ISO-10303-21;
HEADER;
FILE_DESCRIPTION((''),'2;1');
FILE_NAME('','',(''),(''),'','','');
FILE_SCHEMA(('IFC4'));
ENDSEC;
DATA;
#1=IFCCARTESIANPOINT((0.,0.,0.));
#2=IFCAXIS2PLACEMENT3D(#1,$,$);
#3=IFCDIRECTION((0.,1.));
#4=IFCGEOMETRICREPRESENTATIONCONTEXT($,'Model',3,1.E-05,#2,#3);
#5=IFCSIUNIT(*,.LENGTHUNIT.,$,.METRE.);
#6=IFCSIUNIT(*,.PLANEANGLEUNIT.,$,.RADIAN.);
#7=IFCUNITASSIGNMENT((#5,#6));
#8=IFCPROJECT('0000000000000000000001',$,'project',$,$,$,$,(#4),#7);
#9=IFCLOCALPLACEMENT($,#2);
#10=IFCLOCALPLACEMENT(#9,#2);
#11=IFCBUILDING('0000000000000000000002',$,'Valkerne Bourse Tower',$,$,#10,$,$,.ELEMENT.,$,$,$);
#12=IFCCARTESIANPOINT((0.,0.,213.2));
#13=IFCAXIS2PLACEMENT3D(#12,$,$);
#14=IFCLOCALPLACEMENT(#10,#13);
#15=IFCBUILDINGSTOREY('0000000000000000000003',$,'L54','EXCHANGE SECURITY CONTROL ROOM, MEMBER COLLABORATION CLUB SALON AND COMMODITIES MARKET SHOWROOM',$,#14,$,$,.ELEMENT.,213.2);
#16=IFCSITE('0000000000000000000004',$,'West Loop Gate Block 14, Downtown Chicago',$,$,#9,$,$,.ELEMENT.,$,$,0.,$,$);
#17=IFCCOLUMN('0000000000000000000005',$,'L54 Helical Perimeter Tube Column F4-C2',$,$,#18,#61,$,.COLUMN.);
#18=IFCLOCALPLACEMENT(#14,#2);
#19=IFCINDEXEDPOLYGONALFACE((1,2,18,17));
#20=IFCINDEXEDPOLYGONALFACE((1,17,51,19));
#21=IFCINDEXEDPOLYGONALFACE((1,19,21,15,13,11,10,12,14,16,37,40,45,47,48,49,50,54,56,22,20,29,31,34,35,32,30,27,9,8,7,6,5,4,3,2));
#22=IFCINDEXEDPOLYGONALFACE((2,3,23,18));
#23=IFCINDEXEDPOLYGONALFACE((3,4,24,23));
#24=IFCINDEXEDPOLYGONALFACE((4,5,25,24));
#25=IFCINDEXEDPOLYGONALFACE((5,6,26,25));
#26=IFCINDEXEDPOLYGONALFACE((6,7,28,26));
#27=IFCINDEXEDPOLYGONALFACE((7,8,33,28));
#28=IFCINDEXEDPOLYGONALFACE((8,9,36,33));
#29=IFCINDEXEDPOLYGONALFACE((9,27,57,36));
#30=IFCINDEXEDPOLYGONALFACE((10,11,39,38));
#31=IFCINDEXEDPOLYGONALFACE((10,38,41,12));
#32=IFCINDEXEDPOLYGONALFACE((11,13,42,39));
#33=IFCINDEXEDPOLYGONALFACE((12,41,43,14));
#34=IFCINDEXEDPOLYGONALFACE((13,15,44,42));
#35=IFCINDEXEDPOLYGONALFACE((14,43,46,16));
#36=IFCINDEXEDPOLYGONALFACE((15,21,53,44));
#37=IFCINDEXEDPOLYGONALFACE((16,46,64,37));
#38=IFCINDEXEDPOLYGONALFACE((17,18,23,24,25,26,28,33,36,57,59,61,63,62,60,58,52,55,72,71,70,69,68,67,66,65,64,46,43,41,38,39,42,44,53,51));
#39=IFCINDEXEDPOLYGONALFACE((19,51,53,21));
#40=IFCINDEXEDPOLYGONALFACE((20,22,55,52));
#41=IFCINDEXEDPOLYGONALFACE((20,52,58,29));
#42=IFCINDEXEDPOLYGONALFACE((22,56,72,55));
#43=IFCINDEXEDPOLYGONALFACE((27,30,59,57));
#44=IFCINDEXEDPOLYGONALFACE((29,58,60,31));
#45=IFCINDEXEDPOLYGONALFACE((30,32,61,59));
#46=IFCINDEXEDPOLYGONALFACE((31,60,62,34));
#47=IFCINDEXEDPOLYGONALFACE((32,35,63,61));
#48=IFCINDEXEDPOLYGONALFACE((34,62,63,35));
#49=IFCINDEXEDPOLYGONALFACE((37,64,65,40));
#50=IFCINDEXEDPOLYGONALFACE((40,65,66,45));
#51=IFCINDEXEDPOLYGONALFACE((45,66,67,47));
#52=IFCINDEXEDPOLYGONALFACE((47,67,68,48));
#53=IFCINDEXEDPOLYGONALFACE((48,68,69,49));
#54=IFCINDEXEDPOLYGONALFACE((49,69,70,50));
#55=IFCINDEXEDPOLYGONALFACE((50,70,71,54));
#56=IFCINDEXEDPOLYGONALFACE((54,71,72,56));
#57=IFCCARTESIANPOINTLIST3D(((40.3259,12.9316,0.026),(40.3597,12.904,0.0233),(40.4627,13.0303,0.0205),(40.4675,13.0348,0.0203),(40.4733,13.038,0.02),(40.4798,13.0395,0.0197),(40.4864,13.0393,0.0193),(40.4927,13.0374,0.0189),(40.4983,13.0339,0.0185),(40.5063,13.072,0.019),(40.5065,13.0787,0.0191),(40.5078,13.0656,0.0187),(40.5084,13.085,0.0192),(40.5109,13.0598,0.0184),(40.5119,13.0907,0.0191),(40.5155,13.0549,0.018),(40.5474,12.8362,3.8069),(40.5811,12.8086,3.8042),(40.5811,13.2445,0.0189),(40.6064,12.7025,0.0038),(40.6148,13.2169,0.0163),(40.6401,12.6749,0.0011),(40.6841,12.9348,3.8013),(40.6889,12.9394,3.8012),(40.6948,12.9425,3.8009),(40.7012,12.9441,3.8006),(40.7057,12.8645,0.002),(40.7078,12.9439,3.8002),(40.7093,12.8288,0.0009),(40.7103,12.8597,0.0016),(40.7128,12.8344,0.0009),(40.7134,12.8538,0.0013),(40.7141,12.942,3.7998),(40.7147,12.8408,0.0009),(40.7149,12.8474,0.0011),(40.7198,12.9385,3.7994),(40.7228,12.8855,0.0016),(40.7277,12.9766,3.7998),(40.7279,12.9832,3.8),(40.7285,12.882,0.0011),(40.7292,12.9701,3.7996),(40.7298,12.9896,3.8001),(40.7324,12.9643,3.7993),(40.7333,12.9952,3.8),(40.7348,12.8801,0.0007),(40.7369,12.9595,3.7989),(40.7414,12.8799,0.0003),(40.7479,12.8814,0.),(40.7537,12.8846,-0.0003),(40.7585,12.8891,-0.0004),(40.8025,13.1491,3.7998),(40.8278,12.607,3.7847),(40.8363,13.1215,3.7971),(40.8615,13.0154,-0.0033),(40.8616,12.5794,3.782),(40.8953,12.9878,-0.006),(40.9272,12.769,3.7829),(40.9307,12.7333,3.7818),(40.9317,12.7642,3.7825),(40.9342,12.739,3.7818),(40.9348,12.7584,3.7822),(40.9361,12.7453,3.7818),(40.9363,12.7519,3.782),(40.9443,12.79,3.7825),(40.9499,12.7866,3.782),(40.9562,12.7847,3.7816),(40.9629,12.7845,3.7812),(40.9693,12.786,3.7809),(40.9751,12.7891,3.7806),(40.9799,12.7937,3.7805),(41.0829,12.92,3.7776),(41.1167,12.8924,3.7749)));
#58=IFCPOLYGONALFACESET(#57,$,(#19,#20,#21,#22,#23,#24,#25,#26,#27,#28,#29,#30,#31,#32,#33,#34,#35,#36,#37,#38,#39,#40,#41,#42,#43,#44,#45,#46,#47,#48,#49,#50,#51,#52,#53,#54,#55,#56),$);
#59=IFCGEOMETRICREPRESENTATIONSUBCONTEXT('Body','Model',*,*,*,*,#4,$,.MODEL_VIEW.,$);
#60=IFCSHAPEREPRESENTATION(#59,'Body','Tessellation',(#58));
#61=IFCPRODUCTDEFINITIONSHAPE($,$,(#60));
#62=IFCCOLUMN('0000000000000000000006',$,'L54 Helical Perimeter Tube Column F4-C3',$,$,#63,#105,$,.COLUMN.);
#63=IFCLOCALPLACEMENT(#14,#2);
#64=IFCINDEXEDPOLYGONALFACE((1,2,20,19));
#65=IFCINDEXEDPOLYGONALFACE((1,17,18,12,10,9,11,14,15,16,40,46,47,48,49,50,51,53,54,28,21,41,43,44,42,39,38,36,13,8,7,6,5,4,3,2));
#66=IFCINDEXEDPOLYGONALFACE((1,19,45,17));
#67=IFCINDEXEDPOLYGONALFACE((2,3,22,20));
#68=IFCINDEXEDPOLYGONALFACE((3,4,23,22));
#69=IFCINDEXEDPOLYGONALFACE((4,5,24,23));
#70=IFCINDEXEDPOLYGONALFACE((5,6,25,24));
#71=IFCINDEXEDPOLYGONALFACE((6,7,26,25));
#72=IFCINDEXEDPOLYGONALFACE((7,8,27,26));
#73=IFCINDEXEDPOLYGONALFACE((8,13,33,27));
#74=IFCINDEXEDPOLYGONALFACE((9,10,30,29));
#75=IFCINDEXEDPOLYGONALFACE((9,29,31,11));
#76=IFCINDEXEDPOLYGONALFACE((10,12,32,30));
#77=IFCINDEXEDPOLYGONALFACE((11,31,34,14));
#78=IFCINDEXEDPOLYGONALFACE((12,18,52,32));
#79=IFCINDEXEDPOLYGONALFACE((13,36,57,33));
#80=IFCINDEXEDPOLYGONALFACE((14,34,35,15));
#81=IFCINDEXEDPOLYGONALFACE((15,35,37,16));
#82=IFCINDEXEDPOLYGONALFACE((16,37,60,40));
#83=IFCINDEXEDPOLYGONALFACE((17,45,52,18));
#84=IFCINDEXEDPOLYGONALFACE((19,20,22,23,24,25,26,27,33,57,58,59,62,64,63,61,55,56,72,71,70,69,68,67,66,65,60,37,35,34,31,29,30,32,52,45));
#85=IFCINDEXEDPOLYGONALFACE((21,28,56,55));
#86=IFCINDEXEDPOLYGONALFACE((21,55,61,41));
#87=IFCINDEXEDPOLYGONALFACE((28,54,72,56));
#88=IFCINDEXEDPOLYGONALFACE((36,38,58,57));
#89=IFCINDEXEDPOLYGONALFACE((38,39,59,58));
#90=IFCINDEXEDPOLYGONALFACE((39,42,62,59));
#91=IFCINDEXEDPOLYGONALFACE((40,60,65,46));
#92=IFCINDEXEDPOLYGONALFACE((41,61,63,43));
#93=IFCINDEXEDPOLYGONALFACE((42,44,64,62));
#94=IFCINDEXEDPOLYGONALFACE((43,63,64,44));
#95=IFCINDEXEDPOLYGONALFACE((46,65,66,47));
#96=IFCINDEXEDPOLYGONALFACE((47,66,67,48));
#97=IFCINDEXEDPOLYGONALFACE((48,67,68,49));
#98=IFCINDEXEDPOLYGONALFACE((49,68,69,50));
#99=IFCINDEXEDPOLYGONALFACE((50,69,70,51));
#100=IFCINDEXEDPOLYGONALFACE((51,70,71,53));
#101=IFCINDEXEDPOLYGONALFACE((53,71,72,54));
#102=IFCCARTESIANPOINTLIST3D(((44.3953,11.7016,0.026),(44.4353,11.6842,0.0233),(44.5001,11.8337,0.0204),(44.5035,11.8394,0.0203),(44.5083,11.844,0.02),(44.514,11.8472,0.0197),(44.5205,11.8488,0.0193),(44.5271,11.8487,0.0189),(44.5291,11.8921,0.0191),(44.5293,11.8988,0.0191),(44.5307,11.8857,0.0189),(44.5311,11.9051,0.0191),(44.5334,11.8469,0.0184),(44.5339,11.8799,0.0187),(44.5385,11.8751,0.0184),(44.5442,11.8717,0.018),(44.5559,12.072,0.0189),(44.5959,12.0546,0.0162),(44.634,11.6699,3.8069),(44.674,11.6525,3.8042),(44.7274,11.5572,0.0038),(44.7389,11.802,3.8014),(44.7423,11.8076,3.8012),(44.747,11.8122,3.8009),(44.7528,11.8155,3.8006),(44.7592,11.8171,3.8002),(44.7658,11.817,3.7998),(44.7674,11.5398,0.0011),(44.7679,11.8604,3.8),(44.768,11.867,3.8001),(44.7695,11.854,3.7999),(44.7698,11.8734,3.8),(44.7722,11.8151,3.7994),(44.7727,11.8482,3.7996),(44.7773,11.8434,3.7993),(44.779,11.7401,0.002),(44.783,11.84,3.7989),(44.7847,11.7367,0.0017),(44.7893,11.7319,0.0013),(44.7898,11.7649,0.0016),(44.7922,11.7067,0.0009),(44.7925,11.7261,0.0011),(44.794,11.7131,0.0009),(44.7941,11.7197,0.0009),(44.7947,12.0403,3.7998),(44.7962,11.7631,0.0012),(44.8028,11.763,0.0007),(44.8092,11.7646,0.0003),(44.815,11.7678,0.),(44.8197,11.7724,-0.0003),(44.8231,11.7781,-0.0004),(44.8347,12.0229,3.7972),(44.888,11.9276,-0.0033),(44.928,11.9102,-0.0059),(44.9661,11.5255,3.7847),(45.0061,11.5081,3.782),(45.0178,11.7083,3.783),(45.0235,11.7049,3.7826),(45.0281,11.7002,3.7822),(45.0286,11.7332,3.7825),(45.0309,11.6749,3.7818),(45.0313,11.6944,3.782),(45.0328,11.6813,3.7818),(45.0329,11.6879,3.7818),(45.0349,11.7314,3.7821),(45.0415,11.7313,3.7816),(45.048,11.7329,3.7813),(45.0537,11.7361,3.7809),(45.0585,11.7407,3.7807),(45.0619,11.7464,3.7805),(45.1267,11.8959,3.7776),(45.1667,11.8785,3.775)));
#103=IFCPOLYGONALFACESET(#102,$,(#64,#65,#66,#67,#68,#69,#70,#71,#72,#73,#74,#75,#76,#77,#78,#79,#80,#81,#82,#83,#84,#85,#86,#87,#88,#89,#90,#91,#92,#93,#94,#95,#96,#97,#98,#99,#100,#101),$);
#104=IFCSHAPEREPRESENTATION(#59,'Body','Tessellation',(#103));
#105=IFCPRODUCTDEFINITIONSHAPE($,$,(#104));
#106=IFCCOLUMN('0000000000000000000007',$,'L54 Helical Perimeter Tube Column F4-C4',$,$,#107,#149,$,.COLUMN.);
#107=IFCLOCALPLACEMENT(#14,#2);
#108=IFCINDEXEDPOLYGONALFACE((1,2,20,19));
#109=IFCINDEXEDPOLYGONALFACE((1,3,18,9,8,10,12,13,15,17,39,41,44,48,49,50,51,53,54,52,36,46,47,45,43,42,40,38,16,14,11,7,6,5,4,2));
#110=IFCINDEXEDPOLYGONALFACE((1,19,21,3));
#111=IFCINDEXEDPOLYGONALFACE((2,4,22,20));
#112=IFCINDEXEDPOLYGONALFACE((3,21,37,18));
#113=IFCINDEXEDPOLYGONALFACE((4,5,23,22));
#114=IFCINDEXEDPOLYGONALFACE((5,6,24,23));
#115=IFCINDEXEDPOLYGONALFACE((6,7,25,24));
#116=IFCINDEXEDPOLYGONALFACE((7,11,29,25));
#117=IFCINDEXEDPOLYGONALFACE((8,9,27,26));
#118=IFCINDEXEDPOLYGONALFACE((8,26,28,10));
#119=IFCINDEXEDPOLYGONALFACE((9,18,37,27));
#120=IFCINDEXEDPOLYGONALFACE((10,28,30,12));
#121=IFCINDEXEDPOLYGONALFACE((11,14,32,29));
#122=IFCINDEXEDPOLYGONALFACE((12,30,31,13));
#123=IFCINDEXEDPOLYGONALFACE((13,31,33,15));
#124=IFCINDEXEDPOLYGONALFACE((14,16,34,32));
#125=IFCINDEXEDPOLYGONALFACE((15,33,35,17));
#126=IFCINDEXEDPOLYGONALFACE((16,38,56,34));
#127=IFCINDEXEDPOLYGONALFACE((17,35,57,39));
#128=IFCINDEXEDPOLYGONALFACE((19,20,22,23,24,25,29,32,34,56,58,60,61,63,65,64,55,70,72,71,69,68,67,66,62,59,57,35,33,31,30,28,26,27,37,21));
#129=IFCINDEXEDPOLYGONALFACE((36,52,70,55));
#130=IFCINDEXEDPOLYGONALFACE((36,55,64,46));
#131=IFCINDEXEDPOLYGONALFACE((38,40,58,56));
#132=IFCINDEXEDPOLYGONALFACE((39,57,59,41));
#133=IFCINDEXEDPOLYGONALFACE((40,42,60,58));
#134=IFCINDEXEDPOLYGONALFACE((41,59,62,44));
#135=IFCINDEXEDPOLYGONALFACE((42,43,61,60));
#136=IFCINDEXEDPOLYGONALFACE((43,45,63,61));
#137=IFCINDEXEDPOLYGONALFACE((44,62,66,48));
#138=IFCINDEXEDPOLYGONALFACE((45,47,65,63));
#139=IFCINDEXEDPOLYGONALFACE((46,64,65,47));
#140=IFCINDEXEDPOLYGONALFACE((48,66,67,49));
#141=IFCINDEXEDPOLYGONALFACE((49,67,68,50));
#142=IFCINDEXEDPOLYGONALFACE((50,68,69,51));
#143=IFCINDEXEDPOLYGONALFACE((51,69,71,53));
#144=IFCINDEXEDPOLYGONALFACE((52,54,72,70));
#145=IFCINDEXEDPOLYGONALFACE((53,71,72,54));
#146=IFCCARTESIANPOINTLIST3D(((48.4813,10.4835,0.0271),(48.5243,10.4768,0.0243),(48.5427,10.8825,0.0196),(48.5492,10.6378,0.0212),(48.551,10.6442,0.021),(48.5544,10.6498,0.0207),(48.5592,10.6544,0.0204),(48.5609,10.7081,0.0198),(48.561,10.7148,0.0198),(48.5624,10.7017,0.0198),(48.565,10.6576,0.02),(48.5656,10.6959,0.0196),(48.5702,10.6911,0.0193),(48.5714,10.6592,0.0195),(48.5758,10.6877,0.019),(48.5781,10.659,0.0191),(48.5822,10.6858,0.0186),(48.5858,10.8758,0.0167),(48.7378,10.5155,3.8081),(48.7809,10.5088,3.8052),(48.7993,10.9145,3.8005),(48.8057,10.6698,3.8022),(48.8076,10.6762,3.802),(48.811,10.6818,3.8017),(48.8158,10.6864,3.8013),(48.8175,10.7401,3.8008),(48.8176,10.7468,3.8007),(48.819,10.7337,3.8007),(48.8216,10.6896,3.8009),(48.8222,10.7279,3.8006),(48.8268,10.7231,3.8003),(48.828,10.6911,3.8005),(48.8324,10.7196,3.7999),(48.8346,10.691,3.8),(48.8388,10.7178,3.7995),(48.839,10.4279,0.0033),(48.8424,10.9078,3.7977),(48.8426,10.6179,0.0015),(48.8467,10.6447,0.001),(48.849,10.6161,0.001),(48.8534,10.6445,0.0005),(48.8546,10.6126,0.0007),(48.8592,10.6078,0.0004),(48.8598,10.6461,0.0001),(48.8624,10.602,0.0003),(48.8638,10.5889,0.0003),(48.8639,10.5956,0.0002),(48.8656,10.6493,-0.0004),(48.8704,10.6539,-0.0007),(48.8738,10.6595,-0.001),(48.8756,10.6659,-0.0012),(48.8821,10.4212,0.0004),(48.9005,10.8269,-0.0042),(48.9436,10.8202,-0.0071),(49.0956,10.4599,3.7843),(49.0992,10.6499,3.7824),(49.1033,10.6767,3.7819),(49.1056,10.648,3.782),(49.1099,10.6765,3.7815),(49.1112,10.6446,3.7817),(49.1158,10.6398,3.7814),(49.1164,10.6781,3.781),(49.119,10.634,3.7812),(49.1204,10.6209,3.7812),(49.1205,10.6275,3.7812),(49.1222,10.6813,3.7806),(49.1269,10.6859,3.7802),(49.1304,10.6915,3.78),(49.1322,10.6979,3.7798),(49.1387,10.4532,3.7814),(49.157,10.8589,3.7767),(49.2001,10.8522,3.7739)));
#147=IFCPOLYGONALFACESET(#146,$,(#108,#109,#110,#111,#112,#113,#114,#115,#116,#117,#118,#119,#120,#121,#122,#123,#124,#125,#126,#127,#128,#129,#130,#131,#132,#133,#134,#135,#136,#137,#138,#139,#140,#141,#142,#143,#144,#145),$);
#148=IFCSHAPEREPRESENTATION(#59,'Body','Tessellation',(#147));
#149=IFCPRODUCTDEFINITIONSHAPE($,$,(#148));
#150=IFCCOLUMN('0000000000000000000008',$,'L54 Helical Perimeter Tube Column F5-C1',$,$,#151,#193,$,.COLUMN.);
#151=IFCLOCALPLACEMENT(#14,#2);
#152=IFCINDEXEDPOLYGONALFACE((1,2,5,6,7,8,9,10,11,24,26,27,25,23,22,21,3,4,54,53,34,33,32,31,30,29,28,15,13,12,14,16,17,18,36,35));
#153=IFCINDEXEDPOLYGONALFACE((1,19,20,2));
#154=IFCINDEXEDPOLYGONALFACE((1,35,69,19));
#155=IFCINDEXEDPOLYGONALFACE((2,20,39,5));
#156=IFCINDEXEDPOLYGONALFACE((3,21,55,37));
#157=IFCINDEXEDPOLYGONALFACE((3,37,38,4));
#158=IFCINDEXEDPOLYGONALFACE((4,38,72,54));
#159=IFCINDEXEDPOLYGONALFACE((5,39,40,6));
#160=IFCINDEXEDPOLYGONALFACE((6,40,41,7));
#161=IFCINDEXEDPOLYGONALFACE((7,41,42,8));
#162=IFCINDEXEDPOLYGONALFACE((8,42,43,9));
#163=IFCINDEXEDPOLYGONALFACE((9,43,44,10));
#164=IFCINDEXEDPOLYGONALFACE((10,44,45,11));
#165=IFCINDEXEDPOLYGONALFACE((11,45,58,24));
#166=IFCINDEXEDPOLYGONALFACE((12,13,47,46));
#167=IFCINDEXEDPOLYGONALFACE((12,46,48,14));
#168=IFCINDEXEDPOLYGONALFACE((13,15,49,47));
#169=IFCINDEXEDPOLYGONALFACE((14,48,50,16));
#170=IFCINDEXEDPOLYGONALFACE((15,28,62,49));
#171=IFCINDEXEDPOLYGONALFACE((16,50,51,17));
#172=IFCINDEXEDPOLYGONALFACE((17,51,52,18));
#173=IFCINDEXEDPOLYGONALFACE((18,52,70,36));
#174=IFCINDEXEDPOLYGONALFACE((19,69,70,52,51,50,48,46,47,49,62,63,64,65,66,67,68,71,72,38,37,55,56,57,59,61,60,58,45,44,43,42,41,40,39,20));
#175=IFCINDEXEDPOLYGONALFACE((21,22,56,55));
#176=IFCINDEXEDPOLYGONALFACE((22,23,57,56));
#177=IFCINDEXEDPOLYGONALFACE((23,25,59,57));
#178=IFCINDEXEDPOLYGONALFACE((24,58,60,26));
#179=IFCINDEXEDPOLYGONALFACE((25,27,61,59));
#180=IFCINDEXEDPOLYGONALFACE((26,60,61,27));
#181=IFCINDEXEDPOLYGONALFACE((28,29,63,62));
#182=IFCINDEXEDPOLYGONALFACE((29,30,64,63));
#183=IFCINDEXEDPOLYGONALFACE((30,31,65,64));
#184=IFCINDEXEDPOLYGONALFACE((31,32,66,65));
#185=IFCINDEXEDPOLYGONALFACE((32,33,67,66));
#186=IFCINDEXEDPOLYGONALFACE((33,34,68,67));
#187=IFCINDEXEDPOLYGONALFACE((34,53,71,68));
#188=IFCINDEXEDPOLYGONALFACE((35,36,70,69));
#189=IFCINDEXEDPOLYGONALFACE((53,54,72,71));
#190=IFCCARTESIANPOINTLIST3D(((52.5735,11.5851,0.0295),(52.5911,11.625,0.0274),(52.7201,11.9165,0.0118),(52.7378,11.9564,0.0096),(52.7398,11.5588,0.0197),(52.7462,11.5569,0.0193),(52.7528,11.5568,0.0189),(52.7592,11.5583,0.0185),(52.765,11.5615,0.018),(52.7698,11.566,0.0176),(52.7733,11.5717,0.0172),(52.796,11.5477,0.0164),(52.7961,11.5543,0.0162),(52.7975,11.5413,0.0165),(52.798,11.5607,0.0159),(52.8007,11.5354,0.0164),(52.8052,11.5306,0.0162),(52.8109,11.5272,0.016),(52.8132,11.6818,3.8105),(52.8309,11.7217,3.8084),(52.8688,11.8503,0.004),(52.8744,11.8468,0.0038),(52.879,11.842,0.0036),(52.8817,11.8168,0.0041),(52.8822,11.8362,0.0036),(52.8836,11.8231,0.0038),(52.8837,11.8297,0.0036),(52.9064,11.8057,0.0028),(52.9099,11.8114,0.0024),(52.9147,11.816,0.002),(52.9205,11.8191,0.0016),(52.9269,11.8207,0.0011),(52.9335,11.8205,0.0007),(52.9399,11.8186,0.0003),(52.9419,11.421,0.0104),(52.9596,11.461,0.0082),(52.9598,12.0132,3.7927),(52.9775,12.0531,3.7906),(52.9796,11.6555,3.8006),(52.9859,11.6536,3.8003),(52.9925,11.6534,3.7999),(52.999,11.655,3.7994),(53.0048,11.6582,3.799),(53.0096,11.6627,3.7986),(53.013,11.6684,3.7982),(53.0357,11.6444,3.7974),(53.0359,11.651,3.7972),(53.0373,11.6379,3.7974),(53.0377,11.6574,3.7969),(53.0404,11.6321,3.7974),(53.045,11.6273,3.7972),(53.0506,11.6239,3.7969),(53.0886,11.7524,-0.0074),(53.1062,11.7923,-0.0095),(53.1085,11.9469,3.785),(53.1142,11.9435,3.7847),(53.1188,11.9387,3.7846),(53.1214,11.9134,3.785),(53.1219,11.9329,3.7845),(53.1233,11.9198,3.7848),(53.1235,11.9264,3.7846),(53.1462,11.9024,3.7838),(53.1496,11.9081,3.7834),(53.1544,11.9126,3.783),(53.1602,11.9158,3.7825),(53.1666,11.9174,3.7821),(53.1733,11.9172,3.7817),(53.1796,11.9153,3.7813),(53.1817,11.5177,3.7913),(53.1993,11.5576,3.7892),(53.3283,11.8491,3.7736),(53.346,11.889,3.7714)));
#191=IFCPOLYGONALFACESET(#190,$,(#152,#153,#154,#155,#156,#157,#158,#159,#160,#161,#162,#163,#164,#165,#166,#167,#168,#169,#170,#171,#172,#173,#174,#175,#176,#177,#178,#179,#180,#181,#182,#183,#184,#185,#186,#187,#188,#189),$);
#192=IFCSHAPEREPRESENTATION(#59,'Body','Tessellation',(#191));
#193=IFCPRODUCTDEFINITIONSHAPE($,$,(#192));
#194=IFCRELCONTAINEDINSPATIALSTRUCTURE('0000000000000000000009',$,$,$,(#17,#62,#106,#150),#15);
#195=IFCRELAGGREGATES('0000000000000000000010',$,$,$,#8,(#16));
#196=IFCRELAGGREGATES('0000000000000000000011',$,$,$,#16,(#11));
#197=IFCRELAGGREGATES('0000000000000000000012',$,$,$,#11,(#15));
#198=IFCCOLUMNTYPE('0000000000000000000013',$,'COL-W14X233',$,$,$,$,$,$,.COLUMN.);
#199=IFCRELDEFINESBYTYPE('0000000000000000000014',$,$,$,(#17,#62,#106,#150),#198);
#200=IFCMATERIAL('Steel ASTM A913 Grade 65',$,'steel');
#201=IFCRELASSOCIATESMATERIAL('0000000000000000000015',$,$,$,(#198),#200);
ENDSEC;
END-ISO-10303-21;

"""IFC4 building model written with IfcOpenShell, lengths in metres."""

from ifc_helpers import new_model, si_unit, direction, frame, origin, origin_2d, place, context, subcontext, project, spatial, i_section, extrude, material, material_profile, profile_set, type_object, element, save


model = new_model("IFC4")

# Units and contexts
model_context = context("Model", 3, precision=1e-05, world=origin(), true_north=direction((0.0, 1.0)))
body_context = subcontext(model_context, "Body", "Model", "MODEL_VIEW")
ifc_project = project(units=[si_unit("LENGTHUNIT", "METRE"), si_unit("PLANEANGLEUNIT", "RADIAN")], contexts=[model_context])

# Site, building, storey
site_placement = place(None, origin())
site = spatial("IfcSite", under=ifc_project, at=site_placement, Name="West Loop Gate Block 14, Downtown Chicago", CompositionType="ELEMENT", RefElevation=0.0)
building_placement = place(site_placement, origin())
building = spatial("IfcBuilding", under=site, at=building_placement, Name="Valkerne Bourse Tower", CompositionType="ELEMENT")
storey_placement = place(building_placement, frame((0.0, 0.0, 213.2)))
storey = spatial("IfcBuildingStorey", under=building, at=storey_placement, Name="L54", Description="EXCHANGE SECURITY CONTROL ROOM, MEMBER COLLABORATION CLUB SALON AND COMMODITIES MARKET SHOWROOM", CompositionType="ELEMENT", Elevation=213.2)

# Columns
ifc_material_1 = material(Name="Steel ASTM A913 Grade 65", Category="steel")
ifc_material_profile_1 = material_profile(ifc_material_1, i_section(OverallWidth=0.4038, OverallDepth=0.4065, WebThickness=0.0271, FlangeThickness=0.0437, FilletRadius=0.0254, at=origin_2d()), Name="W14X233")
ifc_profile_set_1 = profile_set([ifc_material_profile_1], Name="Steel ASTM A913 Grade 65")
column_type = type_object("IfcColumnType", Name="COL-W14X233", PredefinedType="COLUMN", material=ifc_profile_set_1)
for number, where, z_axis, x_axis, name in (
    (1, (40.6106, 12.9597, 0.01), (0.058447, -0.025196, 0.997973), (0.631796, 0.774939, -0.017436), "L54 Helical Perimeter Tube Column F4-C2"),
    (2, (44.6616, 11.8059, 0.01), (0.063022, -0.008377, 0.997977), (0.397745, 0.917331, -0.017417), "L54 Helical Perimeter Tube Column F4-C3"),
):
    element("IfcColumn", number, at=place(storey_placement, frame(where, z_axis=z_axis, x_axis=x_axis)), inside=storey, type_object=column_type, Name=name, PredefinedType="COLUMN", context=body_context, shape_type="SweptSolid", body=[
        extrude(i_section(OverallWidth=0.4038, OverallDepth=0.4065, WebThickness=0.0271, FlangeThickness=0.0437, FilletRadius=0.0254, at=origin_2d()), origin(), (0.0, 0.0, 1.0), 3.7886),
    ])
for number, where, z_axis, x_axis, name in (
    (3, (48.7124, 10.6519, 0.01), (0.067705, 0.008439, 0.99767), (0.152268, 0.988162, -0.018692), "L54 Helical Perimeter Tube Column F4-C4"),
    (4, (52.8398, 11.6887, 0.01), (0.06326, 0.02551, 0.997671), (-0.912483, 0.406351, 0.047468), "L54 Helical Perimeter Tube Column F5-C1"),
):
    element("IfcColumn", number, at=place(storey_placement, frame(where, z_axis=z_axis, x_axis=x_axis)), inside=storey, type_object=column_type, Name=name, PredefinedType="COLUMN", context=body_context, shape_type="SweptSolid", body=[
        extrude(i_section(OverallWidth=0.4038, OverallDepth=0.4065, WebThickness=0.0271, FlangeThickness=0.0437, FilletRadius=0.0254, at=origin_2d()), origin(), (0.0, 0.0, 1.0), 3.7898),
    ])

save(model, "model.ifc")
